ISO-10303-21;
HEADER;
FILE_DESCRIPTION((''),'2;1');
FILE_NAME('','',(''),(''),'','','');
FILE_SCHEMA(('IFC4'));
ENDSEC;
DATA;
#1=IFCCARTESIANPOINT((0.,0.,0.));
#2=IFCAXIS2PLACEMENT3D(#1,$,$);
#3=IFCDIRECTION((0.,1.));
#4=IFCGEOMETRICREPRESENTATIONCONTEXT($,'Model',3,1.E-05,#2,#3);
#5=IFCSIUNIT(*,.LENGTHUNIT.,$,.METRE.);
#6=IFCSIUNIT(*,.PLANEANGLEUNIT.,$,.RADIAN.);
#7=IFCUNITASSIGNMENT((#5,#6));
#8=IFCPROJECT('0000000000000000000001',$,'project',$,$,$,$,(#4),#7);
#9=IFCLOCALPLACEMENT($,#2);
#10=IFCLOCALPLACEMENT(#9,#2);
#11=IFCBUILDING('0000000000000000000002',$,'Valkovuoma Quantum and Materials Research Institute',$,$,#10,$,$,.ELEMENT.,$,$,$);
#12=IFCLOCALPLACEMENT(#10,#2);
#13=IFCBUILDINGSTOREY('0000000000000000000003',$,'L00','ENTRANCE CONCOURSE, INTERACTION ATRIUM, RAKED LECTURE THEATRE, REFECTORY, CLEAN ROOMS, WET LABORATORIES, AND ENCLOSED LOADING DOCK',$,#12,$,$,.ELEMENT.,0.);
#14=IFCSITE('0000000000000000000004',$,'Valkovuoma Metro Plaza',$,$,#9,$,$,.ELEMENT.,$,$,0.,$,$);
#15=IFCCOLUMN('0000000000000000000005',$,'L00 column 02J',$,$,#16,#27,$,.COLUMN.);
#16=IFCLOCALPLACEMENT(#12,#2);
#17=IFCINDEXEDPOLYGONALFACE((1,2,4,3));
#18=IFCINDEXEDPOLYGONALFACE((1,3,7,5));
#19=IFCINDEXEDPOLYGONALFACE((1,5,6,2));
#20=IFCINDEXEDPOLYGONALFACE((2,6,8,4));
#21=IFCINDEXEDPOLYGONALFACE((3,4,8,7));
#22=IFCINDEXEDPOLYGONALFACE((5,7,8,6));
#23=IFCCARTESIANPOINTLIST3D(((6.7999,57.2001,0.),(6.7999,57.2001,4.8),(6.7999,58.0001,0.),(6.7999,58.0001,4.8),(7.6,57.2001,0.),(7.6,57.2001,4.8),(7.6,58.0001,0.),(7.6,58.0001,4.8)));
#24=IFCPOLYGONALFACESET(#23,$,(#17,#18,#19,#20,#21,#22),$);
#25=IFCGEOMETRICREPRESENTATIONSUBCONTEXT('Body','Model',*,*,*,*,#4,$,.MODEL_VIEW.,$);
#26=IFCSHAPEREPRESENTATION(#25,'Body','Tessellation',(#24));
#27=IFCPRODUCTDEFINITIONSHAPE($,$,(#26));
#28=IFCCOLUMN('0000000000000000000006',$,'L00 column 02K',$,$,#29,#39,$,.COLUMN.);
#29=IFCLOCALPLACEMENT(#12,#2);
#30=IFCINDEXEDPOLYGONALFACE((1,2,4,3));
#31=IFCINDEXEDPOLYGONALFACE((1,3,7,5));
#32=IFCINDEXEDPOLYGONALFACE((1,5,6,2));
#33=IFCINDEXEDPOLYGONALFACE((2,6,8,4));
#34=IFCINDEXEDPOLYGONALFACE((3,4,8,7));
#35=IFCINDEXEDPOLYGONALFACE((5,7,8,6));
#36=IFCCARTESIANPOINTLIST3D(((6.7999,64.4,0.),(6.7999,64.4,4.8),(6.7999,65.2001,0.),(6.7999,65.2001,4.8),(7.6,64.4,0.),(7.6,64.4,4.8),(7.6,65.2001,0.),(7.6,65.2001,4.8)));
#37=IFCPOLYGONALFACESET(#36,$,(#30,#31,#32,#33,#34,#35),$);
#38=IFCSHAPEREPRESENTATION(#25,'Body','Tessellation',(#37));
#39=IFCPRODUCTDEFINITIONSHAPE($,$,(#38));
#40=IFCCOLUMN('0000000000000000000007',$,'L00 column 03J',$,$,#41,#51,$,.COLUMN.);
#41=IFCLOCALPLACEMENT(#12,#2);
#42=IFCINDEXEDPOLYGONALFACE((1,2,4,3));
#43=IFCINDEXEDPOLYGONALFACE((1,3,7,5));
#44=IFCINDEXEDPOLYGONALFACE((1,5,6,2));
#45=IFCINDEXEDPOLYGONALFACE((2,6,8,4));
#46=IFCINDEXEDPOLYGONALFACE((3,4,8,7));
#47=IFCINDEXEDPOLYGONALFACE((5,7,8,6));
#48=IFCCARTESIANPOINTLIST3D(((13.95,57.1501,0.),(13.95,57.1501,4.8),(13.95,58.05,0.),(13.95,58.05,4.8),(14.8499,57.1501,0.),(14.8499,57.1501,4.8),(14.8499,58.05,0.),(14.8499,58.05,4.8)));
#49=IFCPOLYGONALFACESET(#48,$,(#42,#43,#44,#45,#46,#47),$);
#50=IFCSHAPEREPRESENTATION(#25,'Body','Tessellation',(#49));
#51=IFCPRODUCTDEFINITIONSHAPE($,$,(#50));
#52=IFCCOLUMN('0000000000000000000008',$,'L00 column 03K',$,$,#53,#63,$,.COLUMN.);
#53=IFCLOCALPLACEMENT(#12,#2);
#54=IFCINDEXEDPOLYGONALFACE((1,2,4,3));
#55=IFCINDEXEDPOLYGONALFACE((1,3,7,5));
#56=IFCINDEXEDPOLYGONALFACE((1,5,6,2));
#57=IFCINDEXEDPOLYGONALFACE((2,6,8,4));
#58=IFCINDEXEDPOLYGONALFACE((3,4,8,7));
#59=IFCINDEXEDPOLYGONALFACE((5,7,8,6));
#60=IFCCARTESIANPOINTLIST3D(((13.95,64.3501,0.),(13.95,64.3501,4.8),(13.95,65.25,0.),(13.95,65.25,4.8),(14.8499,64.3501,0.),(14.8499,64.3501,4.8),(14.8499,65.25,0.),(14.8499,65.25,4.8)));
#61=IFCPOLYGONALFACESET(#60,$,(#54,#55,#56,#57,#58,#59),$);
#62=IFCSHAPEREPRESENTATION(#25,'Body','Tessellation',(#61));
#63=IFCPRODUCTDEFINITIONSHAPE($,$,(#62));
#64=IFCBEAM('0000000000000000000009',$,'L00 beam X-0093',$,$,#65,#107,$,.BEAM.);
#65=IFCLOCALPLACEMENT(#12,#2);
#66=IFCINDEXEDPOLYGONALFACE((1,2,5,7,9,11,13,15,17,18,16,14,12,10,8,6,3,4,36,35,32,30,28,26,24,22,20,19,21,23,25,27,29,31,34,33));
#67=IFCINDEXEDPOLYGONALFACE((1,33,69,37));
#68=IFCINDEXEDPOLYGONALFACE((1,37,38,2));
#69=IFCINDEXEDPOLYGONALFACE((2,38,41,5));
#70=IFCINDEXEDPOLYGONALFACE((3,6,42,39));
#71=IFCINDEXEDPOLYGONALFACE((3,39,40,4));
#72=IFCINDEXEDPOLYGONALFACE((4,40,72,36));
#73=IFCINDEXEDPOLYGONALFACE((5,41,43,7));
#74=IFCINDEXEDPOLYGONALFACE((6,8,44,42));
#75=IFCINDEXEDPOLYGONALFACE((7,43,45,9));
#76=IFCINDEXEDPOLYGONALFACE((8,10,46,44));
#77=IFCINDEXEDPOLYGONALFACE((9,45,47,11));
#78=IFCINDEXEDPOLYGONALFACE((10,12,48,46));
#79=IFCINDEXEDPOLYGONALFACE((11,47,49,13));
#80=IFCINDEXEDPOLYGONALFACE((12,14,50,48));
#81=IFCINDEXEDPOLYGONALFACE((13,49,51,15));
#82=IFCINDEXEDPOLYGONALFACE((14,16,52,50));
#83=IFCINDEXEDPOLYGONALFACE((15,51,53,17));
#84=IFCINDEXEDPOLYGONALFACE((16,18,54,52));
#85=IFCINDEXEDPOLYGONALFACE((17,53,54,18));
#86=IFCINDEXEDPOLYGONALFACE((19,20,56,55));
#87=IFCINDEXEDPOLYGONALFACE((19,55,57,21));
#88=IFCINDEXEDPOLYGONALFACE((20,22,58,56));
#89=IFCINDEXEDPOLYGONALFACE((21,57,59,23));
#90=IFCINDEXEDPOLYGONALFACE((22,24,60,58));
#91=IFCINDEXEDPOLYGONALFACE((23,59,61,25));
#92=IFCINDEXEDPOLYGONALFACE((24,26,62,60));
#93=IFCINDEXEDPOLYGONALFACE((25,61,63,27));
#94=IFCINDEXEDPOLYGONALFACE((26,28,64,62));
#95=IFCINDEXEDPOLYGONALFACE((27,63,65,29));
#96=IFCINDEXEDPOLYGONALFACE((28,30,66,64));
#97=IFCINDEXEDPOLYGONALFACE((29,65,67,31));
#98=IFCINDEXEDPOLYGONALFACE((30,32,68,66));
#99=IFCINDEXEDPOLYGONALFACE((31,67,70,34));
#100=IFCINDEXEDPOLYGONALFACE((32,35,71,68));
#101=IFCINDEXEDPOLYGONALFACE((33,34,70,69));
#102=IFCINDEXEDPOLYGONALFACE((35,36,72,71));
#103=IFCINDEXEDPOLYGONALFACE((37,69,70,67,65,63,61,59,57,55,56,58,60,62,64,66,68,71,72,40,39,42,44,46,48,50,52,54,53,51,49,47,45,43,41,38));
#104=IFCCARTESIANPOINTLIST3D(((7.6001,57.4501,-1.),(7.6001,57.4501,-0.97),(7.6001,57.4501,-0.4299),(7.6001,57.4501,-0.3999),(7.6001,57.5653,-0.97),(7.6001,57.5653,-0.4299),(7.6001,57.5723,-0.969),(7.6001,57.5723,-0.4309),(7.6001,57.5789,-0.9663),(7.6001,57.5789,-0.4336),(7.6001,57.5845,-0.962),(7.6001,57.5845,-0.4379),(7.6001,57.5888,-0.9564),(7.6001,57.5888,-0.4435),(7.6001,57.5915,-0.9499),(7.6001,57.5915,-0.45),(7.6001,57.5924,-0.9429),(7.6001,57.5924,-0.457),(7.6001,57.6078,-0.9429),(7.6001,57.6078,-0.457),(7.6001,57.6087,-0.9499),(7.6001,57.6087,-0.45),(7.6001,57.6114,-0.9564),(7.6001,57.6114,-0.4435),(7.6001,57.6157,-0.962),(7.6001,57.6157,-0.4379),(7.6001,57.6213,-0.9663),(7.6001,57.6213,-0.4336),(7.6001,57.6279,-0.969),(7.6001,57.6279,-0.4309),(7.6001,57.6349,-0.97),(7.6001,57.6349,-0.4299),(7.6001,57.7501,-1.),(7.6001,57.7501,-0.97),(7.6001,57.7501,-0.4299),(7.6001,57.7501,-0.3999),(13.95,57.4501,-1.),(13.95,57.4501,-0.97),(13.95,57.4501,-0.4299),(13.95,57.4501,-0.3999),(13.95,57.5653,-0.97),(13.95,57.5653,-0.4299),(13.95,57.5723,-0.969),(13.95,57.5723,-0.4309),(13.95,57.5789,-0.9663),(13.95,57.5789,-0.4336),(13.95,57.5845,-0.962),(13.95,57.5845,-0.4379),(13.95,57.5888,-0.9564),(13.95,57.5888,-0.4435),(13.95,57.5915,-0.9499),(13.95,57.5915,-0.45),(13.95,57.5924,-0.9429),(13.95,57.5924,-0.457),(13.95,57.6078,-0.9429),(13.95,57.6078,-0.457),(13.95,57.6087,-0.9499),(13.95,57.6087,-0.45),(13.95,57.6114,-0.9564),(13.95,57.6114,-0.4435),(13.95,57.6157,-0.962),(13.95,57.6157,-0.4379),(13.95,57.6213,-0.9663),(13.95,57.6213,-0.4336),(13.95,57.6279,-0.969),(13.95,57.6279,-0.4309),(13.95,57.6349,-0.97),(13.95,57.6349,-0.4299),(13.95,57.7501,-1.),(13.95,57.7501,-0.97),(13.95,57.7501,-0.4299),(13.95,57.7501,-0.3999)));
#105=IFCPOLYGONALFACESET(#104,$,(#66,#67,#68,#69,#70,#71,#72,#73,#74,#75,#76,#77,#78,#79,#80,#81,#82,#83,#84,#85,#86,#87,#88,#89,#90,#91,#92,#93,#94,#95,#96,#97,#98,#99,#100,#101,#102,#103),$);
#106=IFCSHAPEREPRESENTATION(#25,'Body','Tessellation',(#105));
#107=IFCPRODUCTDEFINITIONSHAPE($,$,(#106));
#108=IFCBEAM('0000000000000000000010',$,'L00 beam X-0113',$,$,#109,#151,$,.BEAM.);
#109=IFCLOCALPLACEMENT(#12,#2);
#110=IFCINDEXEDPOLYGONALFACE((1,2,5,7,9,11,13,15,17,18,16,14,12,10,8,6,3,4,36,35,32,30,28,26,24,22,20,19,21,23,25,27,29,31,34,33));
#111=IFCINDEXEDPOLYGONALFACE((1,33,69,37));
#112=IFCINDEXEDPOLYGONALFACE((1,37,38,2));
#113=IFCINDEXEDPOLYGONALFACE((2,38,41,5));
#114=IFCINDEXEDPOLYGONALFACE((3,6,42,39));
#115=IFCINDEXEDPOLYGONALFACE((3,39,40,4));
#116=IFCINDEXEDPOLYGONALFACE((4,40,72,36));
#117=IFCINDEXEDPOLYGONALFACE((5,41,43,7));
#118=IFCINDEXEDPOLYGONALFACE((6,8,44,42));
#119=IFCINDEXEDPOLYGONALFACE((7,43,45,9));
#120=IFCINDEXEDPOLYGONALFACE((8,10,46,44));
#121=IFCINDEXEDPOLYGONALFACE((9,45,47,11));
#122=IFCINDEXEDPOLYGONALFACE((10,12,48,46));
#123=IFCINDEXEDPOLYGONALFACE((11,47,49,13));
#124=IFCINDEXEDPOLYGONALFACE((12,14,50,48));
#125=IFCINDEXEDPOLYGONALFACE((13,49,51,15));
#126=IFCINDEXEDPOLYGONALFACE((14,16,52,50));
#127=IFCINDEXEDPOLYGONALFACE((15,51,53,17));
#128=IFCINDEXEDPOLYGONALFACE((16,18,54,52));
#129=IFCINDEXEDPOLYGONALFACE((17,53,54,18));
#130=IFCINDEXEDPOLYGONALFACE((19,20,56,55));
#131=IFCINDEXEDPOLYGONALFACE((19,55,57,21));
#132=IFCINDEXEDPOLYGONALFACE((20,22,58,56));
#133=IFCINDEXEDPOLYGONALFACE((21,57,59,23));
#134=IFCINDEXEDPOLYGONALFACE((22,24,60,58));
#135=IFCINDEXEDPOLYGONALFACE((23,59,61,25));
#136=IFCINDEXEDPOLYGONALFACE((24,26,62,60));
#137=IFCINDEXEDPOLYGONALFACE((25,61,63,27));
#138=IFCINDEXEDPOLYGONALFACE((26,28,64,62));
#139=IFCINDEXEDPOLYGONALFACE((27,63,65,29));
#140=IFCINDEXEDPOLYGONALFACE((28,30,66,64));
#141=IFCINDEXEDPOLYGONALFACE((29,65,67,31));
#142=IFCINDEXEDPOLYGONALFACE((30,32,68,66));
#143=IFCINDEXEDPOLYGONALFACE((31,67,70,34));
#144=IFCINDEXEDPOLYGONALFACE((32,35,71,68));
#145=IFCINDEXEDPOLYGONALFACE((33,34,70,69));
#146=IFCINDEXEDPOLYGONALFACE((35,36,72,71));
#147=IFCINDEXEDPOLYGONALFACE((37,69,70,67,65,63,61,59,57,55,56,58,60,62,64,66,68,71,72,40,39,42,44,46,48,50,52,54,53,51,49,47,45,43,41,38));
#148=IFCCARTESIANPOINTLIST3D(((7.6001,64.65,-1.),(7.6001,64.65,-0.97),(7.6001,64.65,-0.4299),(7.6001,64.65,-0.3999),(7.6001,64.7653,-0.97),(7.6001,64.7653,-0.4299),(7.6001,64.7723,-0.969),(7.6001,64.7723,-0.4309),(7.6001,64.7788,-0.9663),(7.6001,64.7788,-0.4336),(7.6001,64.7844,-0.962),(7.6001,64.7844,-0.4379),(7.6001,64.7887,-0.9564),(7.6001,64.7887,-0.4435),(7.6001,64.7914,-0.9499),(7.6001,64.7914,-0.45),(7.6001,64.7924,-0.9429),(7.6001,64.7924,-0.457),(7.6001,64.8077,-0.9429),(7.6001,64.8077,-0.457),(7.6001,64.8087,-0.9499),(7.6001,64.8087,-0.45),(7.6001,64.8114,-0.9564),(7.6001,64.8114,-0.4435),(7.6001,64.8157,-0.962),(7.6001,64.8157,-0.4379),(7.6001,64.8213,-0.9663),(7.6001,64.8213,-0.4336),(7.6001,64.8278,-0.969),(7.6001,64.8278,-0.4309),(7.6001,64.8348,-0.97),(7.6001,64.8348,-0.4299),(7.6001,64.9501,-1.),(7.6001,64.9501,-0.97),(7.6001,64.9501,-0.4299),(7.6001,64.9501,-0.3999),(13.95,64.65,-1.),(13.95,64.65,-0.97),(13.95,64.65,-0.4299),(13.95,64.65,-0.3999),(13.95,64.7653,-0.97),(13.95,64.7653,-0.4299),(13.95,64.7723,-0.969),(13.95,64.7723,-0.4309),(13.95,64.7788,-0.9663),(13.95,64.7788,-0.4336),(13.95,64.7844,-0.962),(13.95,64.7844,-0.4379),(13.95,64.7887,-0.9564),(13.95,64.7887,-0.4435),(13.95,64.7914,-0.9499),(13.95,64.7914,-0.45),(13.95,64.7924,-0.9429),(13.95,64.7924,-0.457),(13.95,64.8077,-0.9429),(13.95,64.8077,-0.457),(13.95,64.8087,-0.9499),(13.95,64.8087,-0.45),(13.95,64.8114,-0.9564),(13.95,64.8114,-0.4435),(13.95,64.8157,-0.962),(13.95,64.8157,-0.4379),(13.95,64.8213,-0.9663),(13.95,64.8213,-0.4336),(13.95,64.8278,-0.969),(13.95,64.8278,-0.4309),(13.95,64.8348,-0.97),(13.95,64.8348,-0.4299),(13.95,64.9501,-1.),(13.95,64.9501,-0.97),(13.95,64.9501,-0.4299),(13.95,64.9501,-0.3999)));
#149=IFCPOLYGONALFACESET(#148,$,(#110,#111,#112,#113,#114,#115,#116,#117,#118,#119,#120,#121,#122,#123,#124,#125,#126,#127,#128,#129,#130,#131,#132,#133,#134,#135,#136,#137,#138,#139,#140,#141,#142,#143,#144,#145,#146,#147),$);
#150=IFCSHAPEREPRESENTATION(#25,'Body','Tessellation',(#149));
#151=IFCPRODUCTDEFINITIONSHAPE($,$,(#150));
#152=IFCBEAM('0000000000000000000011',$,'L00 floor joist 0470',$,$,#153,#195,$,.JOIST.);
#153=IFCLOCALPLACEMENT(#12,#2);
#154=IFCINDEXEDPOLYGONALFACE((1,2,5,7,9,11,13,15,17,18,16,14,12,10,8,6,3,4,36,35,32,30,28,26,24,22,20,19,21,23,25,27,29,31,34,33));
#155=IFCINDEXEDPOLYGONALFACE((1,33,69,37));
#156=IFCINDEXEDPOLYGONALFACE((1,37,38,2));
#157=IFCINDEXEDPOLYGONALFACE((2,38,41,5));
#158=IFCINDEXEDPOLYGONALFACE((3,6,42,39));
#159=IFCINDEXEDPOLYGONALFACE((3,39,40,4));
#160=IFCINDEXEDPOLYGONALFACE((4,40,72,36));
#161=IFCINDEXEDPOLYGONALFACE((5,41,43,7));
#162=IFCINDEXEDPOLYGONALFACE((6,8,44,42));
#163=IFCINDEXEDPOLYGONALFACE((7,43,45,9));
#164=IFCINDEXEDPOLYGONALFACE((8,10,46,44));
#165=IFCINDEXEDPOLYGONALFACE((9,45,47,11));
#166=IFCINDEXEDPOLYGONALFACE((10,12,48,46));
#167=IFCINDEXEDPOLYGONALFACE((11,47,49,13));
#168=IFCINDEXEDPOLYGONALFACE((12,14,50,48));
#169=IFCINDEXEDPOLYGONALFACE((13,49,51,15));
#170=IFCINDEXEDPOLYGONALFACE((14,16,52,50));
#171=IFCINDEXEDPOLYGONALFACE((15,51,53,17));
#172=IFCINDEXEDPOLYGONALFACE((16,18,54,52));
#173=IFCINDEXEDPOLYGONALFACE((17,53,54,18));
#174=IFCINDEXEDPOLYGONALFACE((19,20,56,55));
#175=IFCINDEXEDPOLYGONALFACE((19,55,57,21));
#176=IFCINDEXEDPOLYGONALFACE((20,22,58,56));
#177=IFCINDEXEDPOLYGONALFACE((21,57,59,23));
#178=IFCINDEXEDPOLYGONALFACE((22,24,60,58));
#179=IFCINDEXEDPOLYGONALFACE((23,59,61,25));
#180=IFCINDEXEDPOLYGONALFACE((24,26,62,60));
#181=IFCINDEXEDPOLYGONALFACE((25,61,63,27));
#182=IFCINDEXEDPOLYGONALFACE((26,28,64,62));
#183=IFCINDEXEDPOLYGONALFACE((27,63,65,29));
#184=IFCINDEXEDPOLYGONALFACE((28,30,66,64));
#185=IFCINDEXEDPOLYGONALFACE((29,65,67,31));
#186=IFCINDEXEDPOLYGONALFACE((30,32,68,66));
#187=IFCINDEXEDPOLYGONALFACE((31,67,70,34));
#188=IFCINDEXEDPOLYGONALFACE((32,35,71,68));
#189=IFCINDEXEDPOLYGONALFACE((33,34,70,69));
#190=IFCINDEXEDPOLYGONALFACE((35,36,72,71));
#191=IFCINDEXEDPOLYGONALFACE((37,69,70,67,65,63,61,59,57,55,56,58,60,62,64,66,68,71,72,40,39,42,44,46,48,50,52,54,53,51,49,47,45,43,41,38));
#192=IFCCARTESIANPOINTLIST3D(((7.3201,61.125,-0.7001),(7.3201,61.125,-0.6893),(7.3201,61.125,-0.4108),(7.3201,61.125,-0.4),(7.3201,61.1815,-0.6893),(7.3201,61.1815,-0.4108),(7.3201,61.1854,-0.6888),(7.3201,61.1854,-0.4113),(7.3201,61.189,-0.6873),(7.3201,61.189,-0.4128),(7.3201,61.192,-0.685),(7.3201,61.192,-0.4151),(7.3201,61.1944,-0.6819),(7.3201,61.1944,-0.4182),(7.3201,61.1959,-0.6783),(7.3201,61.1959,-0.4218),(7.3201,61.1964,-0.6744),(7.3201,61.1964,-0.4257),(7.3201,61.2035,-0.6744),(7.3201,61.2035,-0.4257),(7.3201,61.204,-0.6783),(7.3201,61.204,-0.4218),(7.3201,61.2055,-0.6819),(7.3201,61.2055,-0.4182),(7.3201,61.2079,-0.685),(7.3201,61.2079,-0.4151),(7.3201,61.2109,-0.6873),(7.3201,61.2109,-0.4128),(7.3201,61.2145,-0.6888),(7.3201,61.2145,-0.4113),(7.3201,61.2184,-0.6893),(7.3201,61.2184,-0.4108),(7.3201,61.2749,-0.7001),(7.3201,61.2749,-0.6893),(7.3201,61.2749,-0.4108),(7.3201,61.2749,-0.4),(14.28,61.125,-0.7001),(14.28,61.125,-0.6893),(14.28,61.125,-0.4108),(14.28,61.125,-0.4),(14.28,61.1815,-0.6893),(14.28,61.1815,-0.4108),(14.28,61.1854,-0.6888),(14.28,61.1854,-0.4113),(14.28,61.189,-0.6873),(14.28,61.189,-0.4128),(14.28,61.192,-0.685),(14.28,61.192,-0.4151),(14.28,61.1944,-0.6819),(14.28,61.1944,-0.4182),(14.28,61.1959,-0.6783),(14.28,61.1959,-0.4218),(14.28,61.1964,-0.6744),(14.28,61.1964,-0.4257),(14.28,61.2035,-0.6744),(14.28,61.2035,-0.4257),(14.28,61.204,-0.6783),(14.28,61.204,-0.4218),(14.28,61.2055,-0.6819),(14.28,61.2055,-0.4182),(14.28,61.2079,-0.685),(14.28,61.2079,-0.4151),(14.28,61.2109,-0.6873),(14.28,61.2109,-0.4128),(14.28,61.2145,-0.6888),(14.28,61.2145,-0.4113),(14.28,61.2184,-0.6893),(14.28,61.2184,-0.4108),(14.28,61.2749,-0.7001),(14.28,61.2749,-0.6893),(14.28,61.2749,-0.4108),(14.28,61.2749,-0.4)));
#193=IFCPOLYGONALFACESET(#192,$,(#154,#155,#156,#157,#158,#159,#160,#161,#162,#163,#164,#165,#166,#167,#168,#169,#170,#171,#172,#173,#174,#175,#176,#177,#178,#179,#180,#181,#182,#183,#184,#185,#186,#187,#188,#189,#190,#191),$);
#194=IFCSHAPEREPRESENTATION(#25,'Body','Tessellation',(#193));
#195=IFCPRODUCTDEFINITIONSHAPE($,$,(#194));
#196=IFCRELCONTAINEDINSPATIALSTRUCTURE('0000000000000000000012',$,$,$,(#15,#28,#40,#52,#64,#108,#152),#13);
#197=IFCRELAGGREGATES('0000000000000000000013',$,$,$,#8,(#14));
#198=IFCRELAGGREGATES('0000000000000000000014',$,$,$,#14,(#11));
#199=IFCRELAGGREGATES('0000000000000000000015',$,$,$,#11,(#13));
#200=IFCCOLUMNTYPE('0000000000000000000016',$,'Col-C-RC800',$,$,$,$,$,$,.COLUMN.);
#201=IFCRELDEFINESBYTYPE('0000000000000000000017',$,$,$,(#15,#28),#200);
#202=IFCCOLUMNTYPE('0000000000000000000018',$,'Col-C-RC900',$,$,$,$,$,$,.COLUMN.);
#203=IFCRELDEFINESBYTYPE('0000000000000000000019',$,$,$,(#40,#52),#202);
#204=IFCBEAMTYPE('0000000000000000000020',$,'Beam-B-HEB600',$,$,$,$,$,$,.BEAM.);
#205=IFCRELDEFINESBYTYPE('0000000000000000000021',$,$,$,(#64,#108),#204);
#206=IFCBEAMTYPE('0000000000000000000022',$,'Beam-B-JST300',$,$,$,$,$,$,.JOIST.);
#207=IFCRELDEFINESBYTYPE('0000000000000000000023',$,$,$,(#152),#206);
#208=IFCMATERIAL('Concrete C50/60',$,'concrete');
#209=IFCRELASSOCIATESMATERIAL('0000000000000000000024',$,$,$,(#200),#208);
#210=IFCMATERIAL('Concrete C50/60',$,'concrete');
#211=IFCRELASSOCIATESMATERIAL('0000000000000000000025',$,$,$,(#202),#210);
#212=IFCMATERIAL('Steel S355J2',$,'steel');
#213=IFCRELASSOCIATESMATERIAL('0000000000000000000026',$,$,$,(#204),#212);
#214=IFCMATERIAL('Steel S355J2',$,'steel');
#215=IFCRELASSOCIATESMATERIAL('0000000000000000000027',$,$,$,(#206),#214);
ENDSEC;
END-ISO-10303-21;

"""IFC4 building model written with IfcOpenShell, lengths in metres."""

from ifc_helpers import new_model, si_unit, direction, frame, origin, origin_2d, place, context, subcontext, project, spatial, rectangle, i_section, extrude, material, material_profile, profile_set, type_object, element, save


model = new_model("IFC4")

# Units and contexts
model_context = context("Model", 3, precision=1e-05, world=origin(), true_north=direction((0.0, 1.0)))
body_context = subcontext(model_context, "Body", "Model", "MODEL_VIEW")
ifc_project = project(units=[si_unit("LENGTHUNIT", "METRE"), si_unit("PLANEANGLEUNIT", "RADIAN")], contexts=[model_context])

# Site, building, storey
site_placement = place(None, origin())
site = spatial("IfcSite", under=ifc_project, at=site_placement, Name="Valkovuoma Metro Plaza", CompositionType="ELEMENT", RefElevation=0.0)
building_placement = place(site_placement, origin())
building = spatial("IfcBuilding", under=site, at=building_placement, Name="Valkovuoma Quantum and Materials Research Institute", CompositionType="ELEMENT")
storey_placement = place(building_placement, origin())
storey = spatial("IfcBuildingStorey", under=building, at=storey_placement, Name="L00", Description="ENTRANCE CONCOURSE, INTERACTION ATRIUM, RAKED LECTURE THEATRE, REFECTORY, CLEAN ROOMS, WET LABORATORIES, AND ENCLOSED LOADING DOCK", CompositionType="ELEMENT", Elevation=0.0)

# Columns
ifc_material_1 = material(Name="Concrete C50/60", Category="concrete")
ifc_material_profile_1 = material_profile(ifc_material_1, rectangle(XDim=0.8, YDim=0.8, at=origin_2d()), Name="Concrete C50/60")
ifc_profile_set_1 = profile_set([ifc_material_profile_1], Name="Concrete C50/60")
column_type_1 = type_object("IfcColumnType", Name="Col-C-RC800", PredefinedType="COLUMN", material=ifc_profile_set_1)
for number, where, z_axis, x_axis, name in (
    (1, (7.2, 57.6001, 0.0), (0.0, 0.0, 1.0), (1.0, 0.0, 0.0), "L00 column 02J"),
    (2, (7.2, 64.8, 0.0), (0.0, 0.0, 1.0), (1.0, 0.0, 0.0), "L00 column 02K"),
):
    element("IfcColumn", number, at=place(storey_placement, frame(where, z_axis=z_axis, x_axis=x_axis)), inside=storey, type_object=column_type_1, Name=name, PredefinedType="COLUMN", context=body_context, shape_type="SweptSolid", body=[
        extrude(rectangle(XDim=0.8, YDim=0.8, at=origin_2d()), origin(), (0.0, 0.0, 1.0), 4.8),
    ])
ifc_material_2 = material(Name="Concrete C50/60", Category="concrete")
ifc_material_profile_2 = material_profile(ifc_material_2, rectangle(XDim=0.8999, YDim=0.8999, at=origin_2d()), Name="Concrete C50/60")
ifc_profile_set_2 = profile_set([ifc_material_profile_2], Name="Concrete C50/60")
column_type_2 = type_object("IfcColumnType", Name="Col-C-RC900", PredefinedType="COLUMN", material=ifc_profile_set_2)
for number, where, z_axis, x_axis, name in (
    (3, (14.3999, 57.6001, 0.0), (0.0, 0.0, 1.0), (1.0, 0.0, 0.0), "L00 column 03J"),
    (4, (14.3999, 64.8, 0.0), (0.0, 0.0, 1.0), (1.0, 0.0, 0.0), "L00 column 03K"),
):
    element("IfcColumn", number, at=place(storey_placement, frame(where, z_axis=z_axis, x_axis=x_axis)), inside=storey, type_object=column_type_2, Name=name, PredefinedType="COLUMN", context=body_context, shape_type="SweptSolid", body=[
        extrude(rectangle(XDim=0.8999, YDim=0.8999, at=origin_2d()), origin(), (0.0, 0.0, 1.0), 4.8),
    ])

# Beams
ifc_material_3 = material(Name="Steel S355J2", Category="steel")
ifc_material_profile_3 = material_profile(ifc_material_3, i_section(OverallWidth=0.3, OverallDepth=0.6001, WebThickness=0.0154, FlangeThickness=0.03, FilletRadius=0.0271, at=origin_2d()), Name="Steel S355J2")
ifc_profile_set_3 = profile_set([ifc_material_profile_3], Name="Steel S355J2")
beam_type_1 = type_object("IfcBeamType", Name="Beam-B-HEB600", PredefinedType="BEAM", material=ifc_profile_set_3)
for number, where, z_axis, x_axis, name in (
    (5, (7.6001, 57.6001, -0.7), (1.0, 0.0, 0.0), (0.0, 1.0, 0.0), "L00 beam X-0093"),
    (6, (7.6001, 64.8, -0.7), (1.0, 0.0, 0.0), (0.0, 1.0, 0.0), "L00 beam X-0113"),
):
    element("IfcBeam", number, at=place(storey_placement, frame(where, z_axis=z_axis, x_axis=x_axis)), inside=storey, type_object=beam_type_1, Name=name, PredefinedType="BEAM", context=body_context, shape_type="SweptSolid", body=[
        extrude(i_section(OverallWidth=0.3, OverallDepth=0.6001, WebThickness=0.0154, FlangeThickness=0.03, FilletRadius=0.0271, at=origin_2d()), origin(), (0.0, 0.0, 1.0), 6.3499),
    ])
ifc_material_4 = material(Name="Steel S355J2", Category="steel")
ifc_material_profile_4 = material_profile(ifc_material_4, i_section(OverallWidth=0.1499, OverallDepth=0.3, WebThickness=0.0071, FlangeThickness=0.0107, FilletRadius=0.0149, at=origin_2d()), Name="Steel S355J2")
ifc_profile_set_4 = profile_set([ifc_material_profile_4], Name="Steel S355J2")
beam_type_2 = type_object("IfcBeamType", Name="Beam-B-JST300", PredefinedType="JOIST", material=ifc_profile_set_4)
beam_1_placement = place(storey_placement, frame((7.3201, 61.2, -0.55), z_axis=(1.0, 0.0, 0.0), x_axis=(0.0, 1.0, 0.0)))
element("IfcBeam", 7, at=beam_1_placement, inside=storey, type_object=beam_type_2, Name="L00 floor joist 0470", PredefinedType="JOIST", context=body_context, shape_type="SweptSolid", body=[
    extrude(i_section(OverallWidth=0.1499, OverallDepth=0.3, WebThickness=0.0071, FlangeThickness=0.0107, FilletRadius=0.0149, at=origin_2d()), origin(), (0.0, 0.0, 1.0), 6.96),
])

save(model, "model.ifc")
